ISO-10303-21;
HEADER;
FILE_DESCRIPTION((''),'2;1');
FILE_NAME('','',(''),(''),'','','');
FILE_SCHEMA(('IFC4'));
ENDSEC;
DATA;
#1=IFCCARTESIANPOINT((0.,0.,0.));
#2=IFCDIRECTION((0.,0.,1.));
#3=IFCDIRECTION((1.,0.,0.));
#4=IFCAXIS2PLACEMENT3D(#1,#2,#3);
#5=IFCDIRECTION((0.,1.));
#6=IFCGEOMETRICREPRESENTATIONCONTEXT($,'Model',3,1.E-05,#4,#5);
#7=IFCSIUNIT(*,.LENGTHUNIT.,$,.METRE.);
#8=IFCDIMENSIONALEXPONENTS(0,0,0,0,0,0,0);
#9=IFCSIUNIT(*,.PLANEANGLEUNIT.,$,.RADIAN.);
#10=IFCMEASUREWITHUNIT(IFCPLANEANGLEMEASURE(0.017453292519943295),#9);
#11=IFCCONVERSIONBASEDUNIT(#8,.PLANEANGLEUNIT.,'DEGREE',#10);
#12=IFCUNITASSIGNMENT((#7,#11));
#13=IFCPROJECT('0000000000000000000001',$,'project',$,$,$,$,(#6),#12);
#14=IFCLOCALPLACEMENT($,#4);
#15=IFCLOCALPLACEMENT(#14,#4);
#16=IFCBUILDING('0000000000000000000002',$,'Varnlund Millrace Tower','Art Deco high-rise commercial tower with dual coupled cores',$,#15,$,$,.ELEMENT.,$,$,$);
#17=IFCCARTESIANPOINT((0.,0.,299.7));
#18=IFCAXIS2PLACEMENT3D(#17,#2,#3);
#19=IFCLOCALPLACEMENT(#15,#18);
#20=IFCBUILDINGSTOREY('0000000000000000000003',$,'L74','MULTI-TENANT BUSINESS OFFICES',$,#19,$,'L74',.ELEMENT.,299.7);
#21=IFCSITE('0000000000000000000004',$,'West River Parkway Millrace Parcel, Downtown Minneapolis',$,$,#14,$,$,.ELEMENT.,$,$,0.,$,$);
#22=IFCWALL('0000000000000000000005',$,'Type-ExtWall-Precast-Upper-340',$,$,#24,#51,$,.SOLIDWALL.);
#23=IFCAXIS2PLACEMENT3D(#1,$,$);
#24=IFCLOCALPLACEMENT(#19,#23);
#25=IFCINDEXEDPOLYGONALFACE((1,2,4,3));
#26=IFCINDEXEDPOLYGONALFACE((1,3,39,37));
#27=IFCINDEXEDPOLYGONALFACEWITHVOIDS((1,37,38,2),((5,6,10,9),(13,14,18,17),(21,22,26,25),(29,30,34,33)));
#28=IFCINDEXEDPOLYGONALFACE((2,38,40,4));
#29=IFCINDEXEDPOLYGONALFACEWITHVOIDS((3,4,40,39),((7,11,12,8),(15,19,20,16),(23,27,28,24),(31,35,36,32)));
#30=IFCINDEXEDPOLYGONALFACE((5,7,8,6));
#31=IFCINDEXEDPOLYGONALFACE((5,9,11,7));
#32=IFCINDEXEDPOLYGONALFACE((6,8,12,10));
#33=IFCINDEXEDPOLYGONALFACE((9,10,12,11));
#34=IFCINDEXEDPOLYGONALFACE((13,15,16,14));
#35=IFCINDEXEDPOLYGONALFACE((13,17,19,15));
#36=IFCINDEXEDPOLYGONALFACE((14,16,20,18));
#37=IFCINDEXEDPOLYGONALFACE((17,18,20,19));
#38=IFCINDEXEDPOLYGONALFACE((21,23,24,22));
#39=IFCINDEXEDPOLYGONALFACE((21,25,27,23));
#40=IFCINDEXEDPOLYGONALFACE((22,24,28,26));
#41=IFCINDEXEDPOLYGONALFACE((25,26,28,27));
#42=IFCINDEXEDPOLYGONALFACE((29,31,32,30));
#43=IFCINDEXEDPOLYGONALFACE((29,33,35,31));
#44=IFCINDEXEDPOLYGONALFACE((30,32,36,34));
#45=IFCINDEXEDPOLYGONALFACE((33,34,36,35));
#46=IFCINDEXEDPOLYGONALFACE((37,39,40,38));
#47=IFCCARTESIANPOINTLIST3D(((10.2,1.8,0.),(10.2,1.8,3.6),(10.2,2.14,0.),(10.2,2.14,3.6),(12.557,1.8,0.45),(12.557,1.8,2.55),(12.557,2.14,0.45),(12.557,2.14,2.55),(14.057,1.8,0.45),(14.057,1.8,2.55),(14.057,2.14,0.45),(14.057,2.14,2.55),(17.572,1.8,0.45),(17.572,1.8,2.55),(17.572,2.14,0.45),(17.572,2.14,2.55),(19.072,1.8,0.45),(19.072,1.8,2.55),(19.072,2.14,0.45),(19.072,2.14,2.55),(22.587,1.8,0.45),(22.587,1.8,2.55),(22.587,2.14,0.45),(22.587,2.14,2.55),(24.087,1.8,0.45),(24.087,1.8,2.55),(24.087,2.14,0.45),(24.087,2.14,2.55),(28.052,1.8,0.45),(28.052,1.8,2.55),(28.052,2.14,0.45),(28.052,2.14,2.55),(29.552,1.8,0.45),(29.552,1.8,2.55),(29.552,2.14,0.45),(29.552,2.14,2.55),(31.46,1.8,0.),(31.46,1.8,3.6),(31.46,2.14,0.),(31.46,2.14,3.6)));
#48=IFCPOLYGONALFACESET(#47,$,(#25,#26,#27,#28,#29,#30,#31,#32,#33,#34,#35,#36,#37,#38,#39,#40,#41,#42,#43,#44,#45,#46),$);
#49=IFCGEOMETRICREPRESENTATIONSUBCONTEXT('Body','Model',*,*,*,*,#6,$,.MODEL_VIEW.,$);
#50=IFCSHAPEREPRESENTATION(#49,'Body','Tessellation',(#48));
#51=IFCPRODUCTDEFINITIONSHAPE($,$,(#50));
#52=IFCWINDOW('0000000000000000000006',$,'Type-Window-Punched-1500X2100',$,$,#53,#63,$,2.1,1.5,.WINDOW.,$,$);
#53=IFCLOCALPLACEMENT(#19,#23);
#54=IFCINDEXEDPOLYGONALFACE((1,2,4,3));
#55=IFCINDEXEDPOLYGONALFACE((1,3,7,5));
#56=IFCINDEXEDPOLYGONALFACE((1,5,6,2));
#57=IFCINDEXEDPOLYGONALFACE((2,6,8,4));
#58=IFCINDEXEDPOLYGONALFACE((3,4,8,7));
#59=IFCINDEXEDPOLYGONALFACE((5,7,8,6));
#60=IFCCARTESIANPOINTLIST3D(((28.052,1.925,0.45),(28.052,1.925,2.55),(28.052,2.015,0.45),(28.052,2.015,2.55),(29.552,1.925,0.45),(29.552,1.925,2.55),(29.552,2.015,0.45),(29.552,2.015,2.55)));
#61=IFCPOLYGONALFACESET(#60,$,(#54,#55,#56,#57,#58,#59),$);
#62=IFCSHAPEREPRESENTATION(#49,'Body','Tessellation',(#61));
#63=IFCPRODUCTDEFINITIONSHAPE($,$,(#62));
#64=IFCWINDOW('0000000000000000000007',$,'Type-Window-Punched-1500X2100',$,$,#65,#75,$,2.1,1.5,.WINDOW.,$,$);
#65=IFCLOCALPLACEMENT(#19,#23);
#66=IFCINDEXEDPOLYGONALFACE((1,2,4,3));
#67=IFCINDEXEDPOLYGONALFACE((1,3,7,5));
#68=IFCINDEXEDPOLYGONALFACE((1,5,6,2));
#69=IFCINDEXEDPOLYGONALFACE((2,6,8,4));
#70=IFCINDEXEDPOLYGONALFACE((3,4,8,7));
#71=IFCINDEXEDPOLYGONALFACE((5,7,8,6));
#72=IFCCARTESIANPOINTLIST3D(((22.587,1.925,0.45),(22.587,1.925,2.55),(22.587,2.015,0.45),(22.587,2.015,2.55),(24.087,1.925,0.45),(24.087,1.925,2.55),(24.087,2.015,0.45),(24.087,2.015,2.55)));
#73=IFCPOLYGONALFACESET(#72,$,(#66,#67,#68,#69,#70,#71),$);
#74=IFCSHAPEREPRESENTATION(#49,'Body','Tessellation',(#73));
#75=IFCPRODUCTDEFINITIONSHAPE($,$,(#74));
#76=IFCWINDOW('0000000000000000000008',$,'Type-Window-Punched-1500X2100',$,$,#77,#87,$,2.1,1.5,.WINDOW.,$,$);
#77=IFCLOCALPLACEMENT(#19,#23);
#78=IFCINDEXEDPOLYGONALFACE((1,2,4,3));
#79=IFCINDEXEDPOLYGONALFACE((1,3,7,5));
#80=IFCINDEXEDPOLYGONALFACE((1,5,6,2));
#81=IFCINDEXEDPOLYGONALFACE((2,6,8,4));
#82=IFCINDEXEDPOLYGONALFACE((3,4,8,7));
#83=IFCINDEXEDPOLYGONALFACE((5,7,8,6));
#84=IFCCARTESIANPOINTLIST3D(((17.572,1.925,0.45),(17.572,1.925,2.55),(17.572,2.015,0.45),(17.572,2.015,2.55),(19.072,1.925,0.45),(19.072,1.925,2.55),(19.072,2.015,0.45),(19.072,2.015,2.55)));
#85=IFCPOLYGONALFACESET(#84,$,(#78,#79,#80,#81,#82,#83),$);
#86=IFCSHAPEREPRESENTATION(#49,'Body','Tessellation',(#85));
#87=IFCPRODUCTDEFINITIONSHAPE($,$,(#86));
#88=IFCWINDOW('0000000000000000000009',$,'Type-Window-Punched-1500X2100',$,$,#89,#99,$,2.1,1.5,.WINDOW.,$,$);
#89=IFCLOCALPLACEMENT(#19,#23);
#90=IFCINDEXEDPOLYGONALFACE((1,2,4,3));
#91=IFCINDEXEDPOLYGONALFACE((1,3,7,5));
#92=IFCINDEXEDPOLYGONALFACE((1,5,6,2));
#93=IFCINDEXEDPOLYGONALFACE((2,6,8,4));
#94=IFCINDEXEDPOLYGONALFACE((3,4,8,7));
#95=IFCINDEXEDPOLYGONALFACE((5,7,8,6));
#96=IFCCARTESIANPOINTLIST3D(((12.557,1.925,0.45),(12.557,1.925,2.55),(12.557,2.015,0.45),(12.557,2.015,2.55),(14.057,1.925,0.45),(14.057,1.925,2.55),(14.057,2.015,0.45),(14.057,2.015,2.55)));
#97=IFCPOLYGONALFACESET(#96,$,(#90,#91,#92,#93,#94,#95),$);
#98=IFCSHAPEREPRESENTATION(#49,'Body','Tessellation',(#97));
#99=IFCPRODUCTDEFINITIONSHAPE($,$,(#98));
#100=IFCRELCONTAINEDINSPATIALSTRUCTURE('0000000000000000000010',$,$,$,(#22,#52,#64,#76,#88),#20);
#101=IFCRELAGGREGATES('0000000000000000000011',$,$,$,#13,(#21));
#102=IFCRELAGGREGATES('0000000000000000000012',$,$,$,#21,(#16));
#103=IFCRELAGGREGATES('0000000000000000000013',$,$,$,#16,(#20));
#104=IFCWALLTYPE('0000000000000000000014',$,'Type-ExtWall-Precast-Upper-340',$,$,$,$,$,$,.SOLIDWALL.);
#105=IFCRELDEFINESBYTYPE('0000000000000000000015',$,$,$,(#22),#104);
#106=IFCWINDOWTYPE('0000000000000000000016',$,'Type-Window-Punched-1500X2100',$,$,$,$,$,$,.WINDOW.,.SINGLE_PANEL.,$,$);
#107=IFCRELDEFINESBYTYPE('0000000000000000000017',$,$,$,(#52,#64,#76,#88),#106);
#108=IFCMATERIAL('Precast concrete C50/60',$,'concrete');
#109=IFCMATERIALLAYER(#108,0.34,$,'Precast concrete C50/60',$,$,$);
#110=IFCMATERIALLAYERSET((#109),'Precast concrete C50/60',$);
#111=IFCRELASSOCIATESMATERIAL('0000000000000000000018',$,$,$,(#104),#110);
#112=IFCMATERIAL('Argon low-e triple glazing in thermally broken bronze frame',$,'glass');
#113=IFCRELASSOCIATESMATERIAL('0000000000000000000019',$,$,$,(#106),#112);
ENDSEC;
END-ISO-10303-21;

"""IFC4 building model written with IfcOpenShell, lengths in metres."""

from ifc_helpers import new_model, entity, si_unit, converted_unit, direction, frame, origin_with_axes, origin_2d_with_axis, place, context, subcontext, project, spatial, polyline, rectangle, outline, extrude, material, layer, layer_set, type_object, element, fill, save


model = new_model("IFC4")

# Units and contexts
model_context = context("Model", 3, precision=1e-05, world=origin_with_axes(), true_north=direction((0.0, 1.0)))
body_context = subcontext(model_context, "Body", "Model", "MODEL_VIEW")
ifc_project = project(units=[si_unit("LENGTHUNIT", "METRE"), converted_unit("PLANEANGLEUNIT", "DEGREE", entity("IfcPlaneAngleMeasure", 0.017453292519943295), si_unit("PLANEANGLEUNIT", "RADIAN"), dimensions=[0, 0, 0, 0, 0, 0, 0])], contexts=[model_context])

# Site, building, storey
site_placement = place(None, origin_with_axes())
site = spatial("IfcSite", under=ifc_project, at=site_placement, Name="West River Parkway Millrace Parcel, Downtown Minneapolis", CompositionType="ELEMENT", RefElevation=0.0)
building_placement = place(site_placement, origin_with_axes())
building = spatial("IfcBuilding", under=site, at=building_placement, Name="Varnlund Millrace Tower", Description="Art Deco high-rise commercial tower with dual coupled cores", CompositionType="ELEMENT")
storey_placement = place(building_placement, frame((0.0, 0.0, 299.7), z_axis=(0.0, 0.0, 1.0), x_axis=(1.0, 0.0, 0.0)))
storey = spatial("IfcBuildingStorey", under=building, at=storey_placement, Name="L74", Description="MULTI-TENANT BUSINESS OFFICES", LongName="L74", CompositionType="ELEMENT", Elevation=299.7)

# Shared definitions
ifc_material_1 = material(Name="Precast concrete C50/60", Category="concrete")
ifc_layer_1 = layer(ifc_material_1, 0.34, Name="Precast concrete C50/60")
ifc_layer_set_1 = layer_set([ifc_layer_1], Name="Precast concrete C50/60")
wall_type_1 = type_object("IfcWallType", Name="Type-ExtWall-Precast-Upper-340", PredefinedType="SOLIDWALL", material=ifc_layer_set_1)

# Wall, openings, windows
wall_1_placement = place(storey_placement, frame((31.46, 1.97, 0.0), z_axis=(0.0, 0.0, 1.0), x_axis=(-1.0, 0.0, 0.0)))
wall_1 = element("IfcWall", 1, at=wall_1_placement, inside=storey, type_object=wall_type_1, Name="Type-ExtWall-Precast-Upper-340", PredefinedType="SOLIDWALL", context=body_context, shape_type="SweptSolid", body=[
    extrude(outline(polyline([(0.0, -0.17), (21.26, -0.17), (21.26, 0.17), (0.0, 0.17), (0.0, -0.17)])), origin_with_axes(), (0.0, 0.0, 1.0), 3.6),
])
opening_1_placement = place(wall_1_placement, frame((2.658, 0.0, 0.45), z_axis=(0.0, 0.0, 1.0), x_axis=(1.0, 0.0, 0.0)))
opening_1 = element("IfcOpeningElement", 2, at=opening_1_placement, cuts=wall_1, PredefinedType="OPENING", context=body_context, shape_type="SweptSolid", body=[
    extrude(rectangle(XDim=1.5, YDim=0.36, at=origin_2d_with_axis()), origin_with_axes(), (0.0, 0.0, 1.0), 2.1),
])
opening_2_placement = place(wall_1_placement, frame((8.123, 0.0, 0.45), z_axis=(0.0, 0.0, 1.0), x_axis=(1.0, 0.0, 0.0)))
opening_2 = element("IfcOpeningElement", 3, at=opening_2_placement, cuts=wall_1, PredefinedType="OPENING", context=body_context, shape_type="SweptSolid", body=[
    extrude(rectangle(XDim=1.5, YDim=0.36, at=origin_2d_with_axis()), origin_with_axes(), (0.0, 0.0, 1.0), 2.1),
])
opening_3_placement = place(wall_1_placement, frame((13.138, 0.0, 0.45), z_axis=(0.0, 0.0, 1.0), x_axis=(1.0, 0.0, 0.0)))
opening_3 = element("IfcOpeningElement", 4, at=opening_3_placement, cuts=wall_1, PredefinedType="OPENING", context=body_context, shape_type="SweptSolid", body=[
    extrude(rectangle(XDim=1.5, YDim=0.36, at=origin_2d_with_axis()), origin_with_axes(), (0.0, 0.0, 1.0), 2.1),
])
opening_4_placement = place(wall_1_placement, frame((18.153, 0.0, 0.45), z_axis=(0.0, 0.0, 1.0), x_axis=(1.0, 0.0, 0.0)))
opening_4 = element("IfcOpeningElement", 5, at=opening_4_placement, cuts=wall_1, PredefinedType="OPENING", context=body_context, shape_type="SweptSolid", body=[
    extrude(rectangle(XDim=1.5, YDim=0.36, at=origin_2d_with_axis()), origin_with_axes(), (0.0, 0.0, 1.0), 2.1),
])
ifc_material_2 = material(Name="Argon low-e triple glazing in thermally broken bronze frame", Category="glass")
window_type = type_object("IfcWindowType", Name="Type-Window-Punched-1500X2100", PartitioningType="SINGLE_PANEL", PredefinedType="WINDOW", material=ifc_material_2)
window_1_placement = place(wall_1_placement, frame((2.658, 0.0, 0.45), z_axis=(0.0, 0.0, 1.0), x_axis=(1.0, 0.0, 0.0)))
window_1 = element("IfcWindow", 6, at=window_1_placement, inside=storey, type_object=window_type, Name="Type-Window-Punched-1500X2100", OverallHeight=2.1, OverallWidth=1.5, PredefinedType="WINDOW", context=body_context, shape_type="SweptSolid", body=[
    extrude(rectangle(XDim=1.5, YDim=0.09, at=origin_2d_with_axis()), origin_with_axes(), (0.0, 0.0, 1.0), 2.1),
])
fill(opening_1, window_1)
window_2_placement = place(wall_1_placement, frame((8.123, 0.0, 0.45), z_axis=(0.0, 0.0, 1.0), x_axis=(1.0, 0.0, 0.0)))
window_2 = element("IfcWindow", 7, at=window_2_placement, inside=storey, type_object=window_type, Name="Type-Window-Punched-1500X2100", OverallHeight=2.1, OverallWidth=1.5, PredefinedType="WINDOW", context=body_context, shape_type="SweptSolid", body=[
    extrude(rectangle(XDim=1.5, YDim=0.09, at=origin_2d_with_axis()), origin_with_axes(), (0.0, 0.0, 1.0), 2.1),
])
fill(opening_2, window_2)
window_3_placement = place(wall_1_placement, frame((13.138, 0.0, 0.45), z_axis=(0.0, 0.0, 1.0), x_axis=(1.0, 0.0, 0.0)))
window_3 = element("IfcWindow", 8, at=window_3_placement, inside=storey, type_object=window_type, Name="Type-Window-Punched-1500X2100", OverallHeight=2.1, OverallWidth=1.5, PredefinedType="WINDOW", context=body_context, shape_type="SweptSolid", body=[
    extrude(rectangle(XDim=1.5, YDim=0.09, at=origin_2d_with_axis()), origin_with_axes(), (0.0, 0.0, 1.0), 2.1),
])
fill(opening_3, window_3)
window_4_placement = place(wall_1_placement, frame((18.153, 0.0, 0.45), z_axis=(0.0, 0.0, 1.0), x_axis=(1.0, 0.0, 0.0)))
window_4 = element("IfcWindow", 9, at=window_4_placement, inside=storey, type_object=window_type, Name="Type-Window-Punched-1500X2100", OverallHeight=2.1, OverallWidth=1.5, PredefinedType="WINDOW", context=body_context, shape_type="SweptSolid", body=[
    extrude(rectangle(XDim=1.5, YDim=0.09, at=origin_2d_with_axis()), origin_with_axes(), (0.0, 0.0, 1.0), 2.1),
])
fill(opening_4, window_4)

save(model, "model.ifc")
